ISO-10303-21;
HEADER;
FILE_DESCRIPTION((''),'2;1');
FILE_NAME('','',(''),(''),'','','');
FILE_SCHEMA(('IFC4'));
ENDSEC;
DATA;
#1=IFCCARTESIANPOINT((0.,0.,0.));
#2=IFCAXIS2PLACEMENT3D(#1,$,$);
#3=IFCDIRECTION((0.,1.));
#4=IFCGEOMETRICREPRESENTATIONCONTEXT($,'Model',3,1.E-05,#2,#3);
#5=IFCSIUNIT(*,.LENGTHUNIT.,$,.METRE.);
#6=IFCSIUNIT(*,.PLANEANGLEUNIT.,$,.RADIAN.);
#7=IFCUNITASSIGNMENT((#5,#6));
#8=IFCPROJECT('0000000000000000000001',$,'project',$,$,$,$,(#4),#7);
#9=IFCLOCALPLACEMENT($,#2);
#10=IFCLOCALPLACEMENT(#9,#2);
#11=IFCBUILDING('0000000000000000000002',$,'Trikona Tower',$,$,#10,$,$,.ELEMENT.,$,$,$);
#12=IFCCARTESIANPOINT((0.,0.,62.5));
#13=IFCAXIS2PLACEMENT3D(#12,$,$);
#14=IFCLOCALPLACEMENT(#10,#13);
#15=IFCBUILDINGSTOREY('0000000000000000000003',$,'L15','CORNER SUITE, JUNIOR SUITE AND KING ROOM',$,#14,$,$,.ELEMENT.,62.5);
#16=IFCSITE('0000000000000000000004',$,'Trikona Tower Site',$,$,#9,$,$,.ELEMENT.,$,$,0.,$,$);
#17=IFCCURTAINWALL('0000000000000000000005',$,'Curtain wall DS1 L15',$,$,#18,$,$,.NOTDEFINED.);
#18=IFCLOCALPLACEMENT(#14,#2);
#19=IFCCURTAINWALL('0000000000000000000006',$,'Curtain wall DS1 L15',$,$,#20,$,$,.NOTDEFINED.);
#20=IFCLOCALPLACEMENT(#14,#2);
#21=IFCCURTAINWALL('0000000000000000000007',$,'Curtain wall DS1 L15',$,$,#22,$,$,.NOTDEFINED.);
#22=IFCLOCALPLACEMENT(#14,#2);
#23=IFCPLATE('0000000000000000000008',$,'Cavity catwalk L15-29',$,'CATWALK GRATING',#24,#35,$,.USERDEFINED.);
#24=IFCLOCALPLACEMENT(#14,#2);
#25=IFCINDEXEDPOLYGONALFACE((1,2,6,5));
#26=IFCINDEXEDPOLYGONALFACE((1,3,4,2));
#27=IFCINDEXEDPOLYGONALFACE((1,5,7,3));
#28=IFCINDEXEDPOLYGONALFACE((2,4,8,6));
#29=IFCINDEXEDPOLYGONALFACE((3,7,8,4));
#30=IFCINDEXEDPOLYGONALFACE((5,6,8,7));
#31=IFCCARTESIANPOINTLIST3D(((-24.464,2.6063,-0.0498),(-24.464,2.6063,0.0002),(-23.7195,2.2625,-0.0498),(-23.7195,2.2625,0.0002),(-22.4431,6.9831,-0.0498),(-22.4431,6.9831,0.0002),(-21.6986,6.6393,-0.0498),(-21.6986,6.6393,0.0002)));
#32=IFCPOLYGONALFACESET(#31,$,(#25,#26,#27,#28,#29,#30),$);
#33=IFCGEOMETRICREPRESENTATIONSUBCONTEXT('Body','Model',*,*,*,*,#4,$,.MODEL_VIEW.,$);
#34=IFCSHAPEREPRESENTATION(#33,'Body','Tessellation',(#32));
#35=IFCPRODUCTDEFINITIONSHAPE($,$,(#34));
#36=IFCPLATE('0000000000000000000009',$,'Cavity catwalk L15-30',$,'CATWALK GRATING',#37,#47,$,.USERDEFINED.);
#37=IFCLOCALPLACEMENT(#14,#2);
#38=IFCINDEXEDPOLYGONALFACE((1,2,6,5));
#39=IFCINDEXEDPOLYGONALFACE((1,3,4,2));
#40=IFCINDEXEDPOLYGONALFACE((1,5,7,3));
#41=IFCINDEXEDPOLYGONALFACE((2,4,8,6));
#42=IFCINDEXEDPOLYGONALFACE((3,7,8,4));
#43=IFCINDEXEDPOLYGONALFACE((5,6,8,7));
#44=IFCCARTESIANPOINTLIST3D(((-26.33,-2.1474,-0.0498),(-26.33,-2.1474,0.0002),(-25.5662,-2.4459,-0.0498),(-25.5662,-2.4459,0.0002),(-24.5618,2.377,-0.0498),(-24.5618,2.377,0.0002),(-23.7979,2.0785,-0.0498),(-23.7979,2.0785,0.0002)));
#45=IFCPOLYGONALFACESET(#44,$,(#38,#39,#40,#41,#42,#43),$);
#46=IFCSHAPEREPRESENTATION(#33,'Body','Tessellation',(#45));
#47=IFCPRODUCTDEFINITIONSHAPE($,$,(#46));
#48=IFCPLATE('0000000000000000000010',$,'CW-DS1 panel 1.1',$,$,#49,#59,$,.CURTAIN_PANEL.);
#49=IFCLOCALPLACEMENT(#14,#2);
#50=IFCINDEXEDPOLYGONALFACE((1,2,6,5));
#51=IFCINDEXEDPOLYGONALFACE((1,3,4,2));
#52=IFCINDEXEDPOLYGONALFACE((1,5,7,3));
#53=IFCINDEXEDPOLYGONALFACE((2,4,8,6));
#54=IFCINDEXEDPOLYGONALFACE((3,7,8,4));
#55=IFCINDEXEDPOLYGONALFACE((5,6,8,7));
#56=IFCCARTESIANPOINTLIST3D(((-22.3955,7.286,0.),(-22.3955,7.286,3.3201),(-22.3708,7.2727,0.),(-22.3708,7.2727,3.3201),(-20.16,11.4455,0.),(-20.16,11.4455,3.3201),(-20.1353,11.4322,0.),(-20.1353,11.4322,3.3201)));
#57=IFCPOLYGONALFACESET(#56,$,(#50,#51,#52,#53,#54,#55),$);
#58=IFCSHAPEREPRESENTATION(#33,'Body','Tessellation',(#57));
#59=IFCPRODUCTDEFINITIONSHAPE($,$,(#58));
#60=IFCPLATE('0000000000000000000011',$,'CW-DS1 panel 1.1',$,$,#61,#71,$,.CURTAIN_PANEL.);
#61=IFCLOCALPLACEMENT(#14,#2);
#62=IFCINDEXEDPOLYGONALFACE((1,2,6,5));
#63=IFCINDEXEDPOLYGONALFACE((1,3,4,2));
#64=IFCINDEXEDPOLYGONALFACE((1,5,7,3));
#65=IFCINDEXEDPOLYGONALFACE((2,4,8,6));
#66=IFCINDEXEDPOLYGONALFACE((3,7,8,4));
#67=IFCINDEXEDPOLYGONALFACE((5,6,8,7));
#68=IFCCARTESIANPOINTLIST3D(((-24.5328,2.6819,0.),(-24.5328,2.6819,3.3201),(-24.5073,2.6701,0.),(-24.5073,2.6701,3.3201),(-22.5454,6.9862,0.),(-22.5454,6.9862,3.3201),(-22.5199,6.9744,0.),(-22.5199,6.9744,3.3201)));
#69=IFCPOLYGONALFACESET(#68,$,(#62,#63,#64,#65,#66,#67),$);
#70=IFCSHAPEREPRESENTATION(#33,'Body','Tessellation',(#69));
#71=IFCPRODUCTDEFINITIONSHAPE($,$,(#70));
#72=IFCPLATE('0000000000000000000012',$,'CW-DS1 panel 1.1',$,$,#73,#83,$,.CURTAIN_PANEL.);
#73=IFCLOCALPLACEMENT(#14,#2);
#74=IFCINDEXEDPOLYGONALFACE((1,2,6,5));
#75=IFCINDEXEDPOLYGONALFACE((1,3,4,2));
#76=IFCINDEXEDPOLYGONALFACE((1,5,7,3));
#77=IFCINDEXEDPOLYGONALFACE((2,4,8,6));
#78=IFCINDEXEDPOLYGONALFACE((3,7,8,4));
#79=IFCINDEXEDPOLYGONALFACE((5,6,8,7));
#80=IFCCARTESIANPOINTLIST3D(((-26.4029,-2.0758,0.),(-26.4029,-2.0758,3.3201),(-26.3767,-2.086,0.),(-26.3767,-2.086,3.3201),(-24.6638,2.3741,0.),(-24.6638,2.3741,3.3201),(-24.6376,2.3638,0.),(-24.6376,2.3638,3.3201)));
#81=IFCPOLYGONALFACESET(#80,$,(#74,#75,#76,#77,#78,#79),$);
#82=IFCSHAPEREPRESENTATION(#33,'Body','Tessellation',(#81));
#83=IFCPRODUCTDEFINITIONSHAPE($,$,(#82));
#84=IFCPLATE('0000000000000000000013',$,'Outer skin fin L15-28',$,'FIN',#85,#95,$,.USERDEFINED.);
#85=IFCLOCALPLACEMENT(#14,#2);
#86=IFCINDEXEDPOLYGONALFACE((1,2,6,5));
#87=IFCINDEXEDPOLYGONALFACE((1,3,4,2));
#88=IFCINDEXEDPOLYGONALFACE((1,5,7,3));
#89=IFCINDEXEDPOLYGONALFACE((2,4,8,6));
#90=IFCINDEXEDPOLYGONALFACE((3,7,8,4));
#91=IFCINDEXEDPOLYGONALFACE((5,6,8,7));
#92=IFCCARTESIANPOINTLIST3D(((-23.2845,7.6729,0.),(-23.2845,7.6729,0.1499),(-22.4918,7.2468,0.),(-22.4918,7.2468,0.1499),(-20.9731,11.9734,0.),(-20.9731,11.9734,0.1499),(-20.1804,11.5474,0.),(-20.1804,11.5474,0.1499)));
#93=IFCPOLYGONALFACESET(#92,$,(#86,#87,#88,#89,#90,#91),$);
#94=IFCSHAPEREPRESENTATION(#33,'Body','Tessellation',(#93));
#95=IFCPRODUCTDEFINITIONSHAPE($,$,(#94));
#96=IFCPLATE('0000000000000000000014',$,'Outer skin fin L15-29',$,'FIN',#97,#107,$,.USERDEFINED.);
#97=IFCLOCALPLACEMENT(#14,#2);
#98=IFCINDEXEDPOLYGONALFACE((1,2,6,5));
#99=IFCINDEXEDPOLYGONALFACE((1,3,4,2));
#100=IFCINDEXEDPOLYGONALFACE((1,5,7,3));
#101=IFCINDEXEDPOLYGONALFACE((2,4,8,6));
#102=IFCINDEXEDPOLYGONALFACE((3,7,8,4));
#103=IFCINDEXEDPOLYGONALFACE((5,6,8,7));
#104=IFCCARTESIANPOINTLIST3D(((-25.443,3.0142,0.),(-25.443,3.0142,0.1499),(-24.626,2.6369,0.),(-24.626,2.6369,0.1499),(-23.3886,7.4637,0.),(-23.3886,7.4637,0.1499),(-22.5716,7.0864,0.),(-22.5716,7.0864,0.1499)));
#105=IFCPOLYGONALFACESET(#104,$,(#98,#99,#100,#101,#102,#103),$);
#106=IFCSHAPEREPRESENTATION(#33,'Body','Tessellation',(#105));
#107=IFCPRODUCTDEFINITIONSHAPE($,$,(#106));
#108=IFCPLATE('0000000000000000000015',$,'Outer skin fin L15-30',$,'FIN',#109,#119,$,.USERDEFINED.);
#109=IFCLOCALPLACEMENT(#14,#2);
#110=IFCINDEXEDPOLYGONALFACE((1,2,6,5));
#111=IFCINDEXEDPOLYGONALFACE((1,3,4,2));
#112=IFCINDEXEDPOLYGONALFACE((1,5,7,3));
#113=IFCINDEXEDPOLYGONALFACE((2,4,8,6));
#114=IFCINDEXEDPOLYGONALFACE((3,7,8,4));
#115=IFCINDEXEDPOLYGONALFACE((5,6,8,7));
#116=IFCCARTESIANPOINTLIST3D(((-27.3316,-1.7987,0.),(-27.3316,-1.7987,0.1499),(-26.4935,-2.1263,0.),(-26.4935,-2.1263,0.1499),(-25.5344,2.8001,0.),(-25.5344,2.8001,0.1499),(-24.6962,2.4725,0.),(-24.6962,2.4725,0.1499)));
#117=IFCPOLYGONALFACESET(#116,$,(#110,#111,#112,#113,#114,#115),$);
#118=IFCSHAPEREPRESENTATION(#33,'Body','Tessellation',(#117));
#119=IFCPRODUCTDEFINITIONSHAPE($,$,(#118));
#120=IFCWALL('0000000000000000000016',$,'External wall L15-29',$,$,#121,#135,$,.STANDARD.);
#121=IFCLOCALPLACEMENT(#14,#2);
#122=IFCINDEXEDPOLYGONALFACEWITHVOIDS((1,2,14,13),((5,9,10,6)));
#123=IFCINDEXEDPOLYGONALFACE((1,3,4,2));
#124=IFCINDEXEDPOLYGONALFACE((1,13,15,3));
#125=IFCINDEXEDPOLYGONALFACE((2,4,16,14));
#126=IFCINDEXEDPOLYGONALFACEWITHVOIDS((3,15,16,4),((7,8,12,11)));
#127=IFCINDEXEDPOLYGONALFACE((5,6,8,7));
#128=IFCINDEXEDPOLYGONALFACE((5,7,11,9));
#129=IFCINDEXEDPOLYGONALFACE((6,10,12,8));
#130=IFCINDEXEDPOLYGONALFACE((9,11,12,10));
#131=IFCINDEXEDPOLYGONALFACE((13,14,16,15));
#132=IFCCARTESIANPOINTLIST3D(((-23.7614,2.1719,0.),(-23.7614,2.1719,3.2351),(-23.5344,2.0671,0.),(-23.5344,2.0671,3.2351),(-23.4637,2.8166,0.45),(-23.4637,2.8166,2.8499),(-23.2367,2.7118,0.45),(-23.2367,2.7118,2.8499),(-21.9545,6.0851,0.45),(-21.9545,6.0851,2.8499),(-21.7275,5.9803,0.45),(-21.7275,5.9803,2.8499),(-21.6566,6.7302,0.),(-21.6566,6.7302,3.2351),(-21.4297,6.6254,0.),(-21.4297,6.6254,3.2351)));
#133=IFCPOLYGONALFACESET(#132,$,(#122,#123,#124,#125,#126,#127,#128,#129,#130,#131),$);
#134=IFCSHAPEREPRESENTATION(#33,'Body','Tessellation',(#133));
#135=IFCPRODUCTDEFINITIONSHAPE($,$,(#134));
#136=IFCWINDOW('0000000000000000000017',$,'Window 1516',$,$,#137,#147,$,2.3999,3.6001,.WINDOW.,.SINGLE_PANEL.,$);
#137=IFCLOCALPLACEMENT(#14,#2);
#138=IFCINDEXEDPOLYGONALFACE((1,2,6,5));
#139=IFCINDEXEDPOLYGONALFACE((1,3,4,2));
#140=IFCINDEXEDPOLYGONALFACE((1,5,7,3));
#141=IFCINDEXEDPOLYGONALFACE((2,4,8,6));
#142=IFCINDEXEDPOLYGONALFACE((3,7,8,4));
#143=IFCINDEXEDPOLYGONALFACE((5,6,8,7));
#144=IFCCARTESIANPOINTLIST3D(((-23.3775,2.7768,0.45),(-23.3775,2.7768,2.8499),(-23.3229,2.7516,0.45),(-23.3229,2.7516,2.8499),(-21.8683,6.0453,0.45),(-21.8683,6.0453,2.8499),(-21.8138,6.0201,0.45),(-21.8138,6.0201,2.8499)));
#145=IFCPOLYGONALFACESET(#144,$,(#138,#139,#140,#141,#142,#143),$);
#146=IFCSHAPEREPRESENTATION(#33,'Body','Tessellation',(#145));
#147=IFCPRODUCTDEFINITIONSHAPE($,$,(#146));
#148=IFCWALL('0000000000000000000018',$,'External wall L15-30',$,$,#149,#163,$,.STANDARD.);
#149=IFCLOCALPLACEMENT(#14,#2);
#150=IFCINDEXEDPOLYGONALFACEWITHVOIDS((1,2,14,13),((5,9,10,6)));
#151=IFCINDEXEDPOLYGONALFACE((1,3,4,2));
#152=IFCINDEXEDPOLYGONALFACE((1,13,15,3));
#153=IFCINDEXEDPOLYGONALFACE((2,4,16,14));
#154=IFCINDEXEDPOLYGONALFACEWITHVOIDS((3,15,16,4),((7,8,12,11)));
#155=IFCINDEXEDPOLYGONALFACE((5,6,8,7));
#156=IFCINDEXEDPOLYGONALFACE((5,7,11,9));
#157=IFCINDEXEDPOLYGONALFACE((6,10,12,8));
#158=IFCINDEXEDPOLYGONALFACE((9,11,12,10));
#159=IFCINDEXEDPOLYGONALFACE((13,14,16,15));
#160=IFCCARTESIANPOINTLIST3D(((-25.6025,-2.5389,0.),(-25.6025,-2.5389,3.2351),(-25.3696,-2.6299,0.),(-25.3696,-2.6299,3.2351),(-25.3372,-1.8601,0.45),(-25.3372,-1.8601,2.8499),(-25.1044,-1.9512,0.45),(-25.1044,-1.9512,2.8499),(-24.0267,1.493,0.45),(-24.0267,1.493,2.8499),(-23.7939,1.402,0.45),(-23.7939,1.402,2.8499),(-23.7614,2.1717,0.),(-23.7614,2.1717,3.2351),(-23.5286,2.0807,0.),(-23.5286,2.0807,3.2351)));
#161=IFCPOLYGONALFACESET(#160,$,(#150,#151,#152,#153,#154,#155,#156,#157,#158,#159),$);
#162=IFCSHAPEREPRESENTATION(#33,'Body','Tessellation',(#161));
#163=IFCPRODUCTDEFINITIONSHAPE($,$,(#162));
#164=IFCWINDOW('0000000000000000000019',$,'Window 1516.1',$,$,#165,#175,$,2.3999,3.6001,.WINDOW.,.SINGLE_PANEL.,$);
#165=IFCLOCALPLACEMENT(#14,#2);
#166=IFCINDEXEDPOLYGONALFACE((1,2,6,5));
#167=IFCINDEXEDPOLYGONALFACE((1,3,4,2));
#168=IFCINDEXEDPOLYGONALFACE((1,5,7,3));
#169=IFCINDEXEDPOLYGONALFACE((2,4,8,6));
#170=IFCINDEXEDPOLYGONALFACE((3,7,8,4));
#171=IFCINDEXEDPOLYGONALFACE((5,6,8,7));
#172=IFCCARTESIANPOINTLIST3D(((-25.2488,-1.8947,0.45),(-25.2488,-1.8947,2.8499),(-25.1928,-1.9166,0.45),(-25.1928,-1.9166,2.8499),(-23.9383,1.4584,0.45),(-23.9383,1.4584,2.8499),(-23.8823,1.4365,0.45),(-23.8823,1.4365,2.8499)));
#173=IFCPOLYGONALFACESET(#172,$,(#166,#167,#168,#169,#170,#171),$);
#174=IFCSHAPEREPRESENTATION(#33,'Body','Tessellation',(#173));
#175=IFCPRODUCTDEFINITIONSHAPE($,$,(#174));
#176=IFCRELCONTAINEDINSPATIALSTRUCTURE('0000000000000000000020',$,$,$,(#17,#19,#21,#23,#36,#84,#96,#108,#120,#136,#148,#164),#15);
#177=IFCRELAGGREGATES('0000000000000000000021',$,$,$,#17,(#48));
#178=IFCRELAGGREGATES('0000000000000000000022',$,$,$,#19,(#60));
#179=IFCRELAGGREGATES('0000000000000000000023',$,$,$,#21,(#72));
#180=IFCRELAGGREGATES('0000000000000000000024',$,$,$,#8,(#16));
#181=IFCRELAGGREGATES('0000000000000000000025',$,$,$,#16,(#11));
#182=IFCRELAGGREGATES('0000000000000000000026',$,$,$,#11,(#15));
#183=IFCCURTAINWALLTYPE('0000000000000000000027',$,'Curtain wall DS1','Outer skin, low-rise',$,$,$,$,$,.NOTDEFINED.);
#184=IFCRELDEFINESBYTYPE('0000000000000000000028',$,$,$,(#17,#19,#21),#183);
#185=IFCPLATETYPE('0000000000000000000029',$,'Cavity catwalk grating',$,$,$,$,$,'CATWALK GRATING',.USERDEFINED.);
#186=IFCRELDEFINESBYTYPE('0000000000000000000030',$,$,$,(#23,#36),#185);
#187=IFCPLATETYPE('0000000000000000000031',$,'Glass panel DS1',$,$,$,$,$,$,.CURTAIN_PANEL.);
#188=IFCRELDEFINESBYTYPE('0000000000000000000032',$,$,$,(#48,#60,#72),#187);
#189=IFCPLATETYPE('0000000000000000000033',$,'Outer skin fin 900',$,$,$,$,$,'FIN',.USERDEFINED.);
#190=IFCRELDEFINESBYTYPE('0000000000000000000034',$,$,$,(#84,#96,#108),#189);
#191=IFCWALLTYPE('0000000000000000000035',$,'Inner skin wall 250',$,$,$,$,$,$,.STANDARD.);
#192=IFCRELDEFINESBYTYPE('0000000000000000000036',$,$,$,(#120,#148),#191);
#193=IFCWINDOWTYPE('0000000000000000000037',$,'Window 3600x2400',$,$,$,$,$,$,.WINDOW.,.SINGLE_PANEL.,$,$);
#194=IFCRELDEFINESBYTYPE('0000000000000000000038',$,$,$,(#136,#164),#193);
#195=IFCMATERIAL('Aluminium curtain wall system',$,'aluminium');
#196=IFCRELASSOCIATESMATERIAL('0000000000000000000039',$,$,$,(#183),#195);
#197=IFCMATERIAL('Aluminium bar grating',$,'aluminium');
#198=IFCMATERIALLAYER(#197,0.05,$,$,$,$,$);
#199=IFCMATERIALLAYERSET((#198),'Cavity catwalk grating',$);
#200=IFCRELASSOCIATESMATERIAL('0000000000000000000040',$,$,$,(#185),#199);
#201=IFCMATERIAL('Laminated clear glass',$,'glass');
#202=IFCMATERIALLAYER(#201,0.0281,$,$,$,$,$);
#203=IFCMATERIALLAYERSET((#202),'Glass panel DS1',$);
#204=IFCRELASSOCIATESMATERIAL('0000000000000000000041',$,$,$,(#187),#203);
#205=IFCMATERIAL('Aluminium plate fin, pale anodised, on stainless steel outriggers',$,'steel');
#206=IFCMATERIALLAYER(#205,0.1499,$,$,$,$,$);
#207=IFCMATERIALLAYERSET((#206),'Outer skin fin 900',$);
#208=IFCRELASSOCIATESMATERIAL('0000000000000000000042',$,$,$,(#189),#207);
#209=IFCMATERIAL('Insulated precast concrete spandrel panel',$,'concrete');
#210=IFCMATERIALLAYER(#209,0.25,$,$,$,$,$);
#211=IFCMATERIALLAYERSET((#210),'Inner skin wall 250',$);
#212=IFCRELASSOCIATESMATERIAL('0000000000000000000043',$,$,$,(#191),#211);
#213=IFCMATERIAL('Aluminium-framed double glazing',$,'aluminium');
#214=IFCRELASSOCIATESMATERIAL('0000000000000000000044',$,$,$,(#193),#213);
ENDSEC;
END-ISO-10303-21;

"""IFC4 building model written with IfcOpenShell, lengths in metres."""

from ifc_helpers import new_model, si_unit, direction, frame, frame_2d, origin, origin_2d, place, context, subcontext, project, spatial, rectangle, extrude, material, layer, layer_set, type_object, element, fill, aggregate, save


model = new_model("IFC4")

# Units and contexts
model_context = context("Model", 3, precision=1e-05, world=origin(), true_north=direction((0.0, 1.0)))
body_context = subcontext(model_context, "Body", "Model", "MODEL_VIEW")
ifc_project = project(units=[si_unit("LENGTHUNIT", "METRE"), si_unit("PLANEANGLEUNIT", "RADIAN")], contexts=[model_context])

# Site, building, storey
site_placement = place(None, origin())
site = spatial("IfcSite", under=ifc_project, at=site_placement, Name="Trikona Tower Site", CompositionType="ELEMENT", RefElevation=0.0)
building_placement = place(site_placement, origin())
building = spatial("IfcBuilding", under=site, at=building_placement, Name="Trikona Tower", CompositionType="ELEMENT")
storey_placement = place(building_placement, frame((0.0, 0.0, 62.5)))
storey = spatial("IfcBuildingStorey", under=building, at=storey_placement, Name="L15", Description="CORNER SUITE, JUNIOR SUITE AND KING ROOM", CompositionType="ELEMENT", Elevation=62.5)

# Curtain walls
ifc_material_1 = material(Name="Aluminium curtain wall system", Category="aluminium")
curtain_wall_type = type_object("IfcCurtainWallType", Name="Curtain wall DS1", Description="Outer skin, low-rise", PredefinedType="NOTDEFINED", material=ifc_material_1)
curtain_wall_1_placement = place(storey_placement, origin())
curtain_wall_1 = element("IfcCurtainWall", 1, at=curtain_wall_1_placement, inside=storey, type_object=curtain_wall_type, Name="Curtain wall DS1 L15", PredefinedType="NOTDEFINED")
curtain_wall_2_placement = place(storey_placement, origin())
curtain_wall_2 = element("IfcCurtainWall", 2, at=curtain_wall_2_placement, inside=storey, type_object=curtain_wall_type, Name="Curtain wall DS1 L15", PredefinedType="NOTDEFINED")
curtain_wall_3_placement = place(storey_placement, origin())
curtain_wall_3 = element("IfcCurtainWall", 3, at=curtain_wall_3_placement, inside=storey, type_object=curtain_wall_type, Name="Curtain wall DS1 L15", PredefinedType="NOTDEFINED")

# Plates
ifc_material_2 = material(Name="Aluminium bar grating", Category="aluminium")
ifc_layer_1 = layer(ifc_material_2, 0.05)
ifc_layer_set_1 = layer_set([ifc_layer_1], Name="Cavity catwalk grating")
plate_type_1 = type_object("IfcPlateType", Name="Cavity catwalk grating", ElementType="CATWALK GRATING", PredefinedType="USERDEFINED", material=ifc_layer_set_1)
plate_1_placement = place(storey_placement, frame((-23.0813, 4.6228, -0.0498), z_axis=(0.0, 0.0, 1.0), x_axis=(-0.419194, -0.907897, 0.0)))
element("IfcPlate", 4, at=plate_1_placement, inside=storey, type_object=plate_type_1, Name="Cavity catwalk L15-29", ObjectType="CATWALK GRATING", PredefinedType="USERDEFINED", context=body_context, shape_type="SweptSolid", body=[
    extrude(rectangle(XDim=4.8208, YDim=0.8201, at=origin_2d()), origin(), (0.0, 0.0, 1.0), 0.05),
])
plate_2_placement = place(storey_placement, frame((-25.064, -0.0344, -0.0498), z_axis=(0.0, 0.0, 1.0), x_axis=(-0.364009, -0.931395, 0.0)))
element("IfcPlate", 5, at=plate_2_placement, inside=storey, type_object=plate_type_1, Name="Cavity catwalk L15-30", ObjectType="CATWALK GRATING", PredefinedType="USERDEFINED", context=body_context, shape_type="SweptSolid", body=[
    extrude(rectangle(XDim=4.8577, YDim=0.8201, at=origin_2d()), origin(), (0.0, 0.0, 1.0), 0.05),
])

# Plates
ifc_material_3 = material(Name="Laminated clear glass", Category="glass")
ifc_layer_2 = layer(ifc_material_3, 0.0281)
ifc_layer_set_2 = layer_set([ifc_layer_2], Name="Glass panel DS1")
plate_type_2 = type_object("IfcPlateType", Name="Glass panel DS1", PredefinedType="CURTAIN_PANEL", material=ifc_layer_set_2)
plate_3_placement = place(storey_placement, frame((-21.2654, 9.3591, 0.0), z_axis=(0.0, 0.0, 1.0), x_axis=(-0.473408, -0.880843, 0.0)))
plate_3 = element("IfcPlate", 6, at=plate_3_placement, type_object=plate_type_2, Name="CW-DS1 panel 1.1", PredefinedType="CURTAIN_PANEL", context=body_context, shape_type="SweptSolid", body=[
    extrude(rectangle(XDim=4.7222, YDim=0.0281, at=origin_2d()), origin(), (0.0, 0.0, 1.0), 3.3201),
])
aggregate(curtain_wall_1, [plate_3])
plate_4_placement = place(storey_placement, frame((-23.5264, 4.8281, 0.0), z_axis=(0.0, 0.0, 1.0), x_axis=(-0.41919, -0.907898, 0.0)))
plate_4 = element("IfcPlate", 7, at=plate_4_placement, type_object=plate_type_2, Name="CW-DS1 panel 1.1", PredefinedType="CURTAIN_PANEL", context=body_context, shape_type="SweptSolid", body=[
    extrude(rectangle(XDim=4.741, YDim=0.0281, at=origin_2d()), origin(), (0.0, 0.0, 1.0), 3.3201),
])
aggregate(curtain_wall_2, [plate_4])
plate_5_placement = place(storey_placement, frame((-25.5203, 0.144, 0.0), z_axis=(0.0, 0.0, 1.0), x_axis=(-0.364008, -0.931396, 0.0)))
plate_5 = element("IfcPlate", 8, at=plate_5_placement, type_object=plate_type_2, Name="CW-DS1 panel 1.1", PredefinedType="CURTAIN_PANEL", context=body_context, shape_type="SweptSolid", body=[
    extrude(rectangle(XDim=4.7776, YDim=0.0281, at=origin_2d()), origin(), (0.0, 0.0, 1.0), 3.3201),
])
aggregate(curtain_wall_3, [plate_5])

# Plates
ifc_material_4 = material(Name="Aluminium plate fin, pale anodised, on stainless steel outriggers", Category="steel")
ifc_layer_3 = layer(ifc_material_4, 0.1499)
ifc_layer_set_3 = layer_set([ifc_layer_3], Name="Outer skin fin 900")
plate_type_3 = type_object("IfcPlateType", Name="Outer skin fin 900", ElementType="FIN", PredefinedType="USERDEFINED", material=ifc_layer_set_3)
plate_6_placement = place(storey_placement, frame((-21.7324, 9.6101, 0.0), z_axis=(0.0, 0.0, 1.0), x_axis=(-0.473423, -0.880835, 0.0)))
element("IfcPlate", 9, at=plate_6_placement, inside=storey, type_object=plate_type_3, Name="Outer skin fin L15-28", ObjectType="FIN", PredefinedType="USERDEFINED", context=body_context, shape_type="SweptSolid", body=[
    extrude(rectangle(XDim=4.8823, YDim=0.8999, at=origin_2d()), origin(), (0.0, 0.0, 1.0), 0.1499),
])
plate_7_placement = place(storey_placement, frame((-24.0073, 5.0503, 0.0), z_axis=(0.0, 0.0, 1.0), x_axis=(-0.419194, -0.907897, 0.0)))
element("IfcPlate", 10, at=plate_7_placement, inside=storey, type_object=plate_type_3, Name="Outer skin fin L15-29", ObjectType="FIN", PredefinedType="USERDEFINED", context=body_context, shape_type="SweptSolid", body=[
    extrude(rectangle(XDim=4.9009, YDim=0.8999, at=origin_2d()), origin(), (0.0, 0.0, 1.0), 0.1499),
])
plate_8_placement = place(storey_placement, frame((-26.0139, 0.3369, 0.0), z_axis=(0.0, 0.0, 1.0), x_axis=(-0.364009, -0.931395, 0.0)))
element("IfcPlate", 11, at=plate_8_placement, inside=storey, type_object=plate_type_3, Name="Outer skin fin L15-30", ObjectType="FIN", PredefinedType="USERDEFINED", context=body_context, shape_type="SweptSolid", body=[
    extrude(rectangle(XDim=4.9375, YDim=0.8999, at=origin_2d()), origin(), (0.0, 0.0, 1.0), 0.1499),
])

# Walls, openings, windows
ifc_material_5 = material(Name="Insulated precast concrete spandrel panel", Category="concrete")
ifc_layer_4 = layer(ifc_material_5, 0.25)
ifc_layer_set_4 = layer_set([ifc_layer_4], Name="Inner skin wall 250")
wall_type = type_object("IfcWallType", Name="Inner skin wall 250", PredefinedType="STANDARD", material=ifc_layer_set_4)
wall_1_placement = place(storey_placement, frame((-21.5432, 6.6777, 0.0), z_axis=(0.0, 0.0, 1.0), x_axis=(-0.419203, -0.907892, 0.0)))
wall_1 = element("IfcWall", 12, at=wall_1_placement, inside=storey, type_object=wall_type, Name="External wall L15-29", PredefinedType="STANDARD", context=body_context, shape_type="SweptSolid", body=[
    extrude(rectangle(XDim=5.0208, YDim=0.25, at=frame_2d((2.5103, 0.0))), origin(), (0.0, 0.0, 1.0), 3.2351),
])
opening_1_placement = place(wall_1_placement, frame((0.7104, 0.0, 0.45)))
opening_1 = element("IfcOpeningElement", 13, at=opening_1_placement, cuts=wall_1, PredefinedType="OPENING", context=body_context, shape_type="SweptSolid", body=[
    extrude(rectangle(XDim=3.6001, YDim=2.3999, at=frame_2d((1.8, 1.2))), frame((0.0, 0.135, 0.0), z_axis=(0.0, -1.0, 0.0), x_axis=(1.0, 0.0, 0.0)), (0.0, 0.0, 1.0), 0.27),
])
ifc_material_6 = material(Name="Aluminium-framed double glazing", Category="aluminium")
window_type = type_object("IfcWindowType", Name="Window 3600x2400", PartitioningType="SINGLE_PANEL", PredefinedType="WINDOW", material=ifc_material_6)
window_1_placement = place(opening_1_placement, origin())
window_1 = element("IfcWindow", 14, at=window_1_placement, inside=storey, type_object=window_type, Name="Window 1516", OverallHeight=2.3999, OverallWidth=3.6001, PartitioningType="SINGLE_PANEL", PredefinedType="WINDOW", context=body_context, shape_type="SweptSolid", body=[
    extrude(rectangle(XDim=3.6001, YDim=2.3999, at=frame_2d((1.8, 1.2))), frame((0.0, 0.03, 0.0), z_axis=(0.0, -1.0, 0.0), x_axis=(1.0, 0.0, 0.0)), (0.0, 0.0, 1.0), 0.0601),
])
fill(opening_1, window_1)
wall_2_placement = place(storey_placement, frame((-23.645, 2.1262, 0.0), z_axis=(0.0, 0.0, 1.0), x_axis=(-0.364013, -0.931394, 0.0)))
wall_2 = element("IfcWall", 15, at=wall_2_placement, inside=storey, type_object=wall_type, Name="External wall L15-30", PredefinedType="STANDARD", context=body_context, shape_type="SweptSolid", body=[
    extrude(rectangle(XDim=5.0576, YDim=0.25, at=frame_2d((2.5288, 0.0))), origin(), (0.0, 0.0, 1.0), 3.2351),
])
opening_2_placement = place(wall_2_placement, frame((0.7288, 0.0, 0.45)))
opening_2 = element("IfcOpeningElement", 16, at=opening_2_placement, cuts=wall_2, PredefinedType="OPENING", context=body_context, shape_type="SweptSolid", body=[
    extrude(rectangle(XDim=3.6001, YDim=2.3999, at=frame_2d((1.8, 1.2))), frame((0.0, 0.135, 0.0), z_axis=(0.0, -1.0, 0.0), x_axis=(1.0, 0.0, 0.0)), (0.0, 0.0, 1.0), 0.27),
])
window_2_placement = place(opening_2_placement, origin())
window_2 = element("IfcWindow", 17, at=window_2_placement, inside=storey, type_object=window_type, Name="Window 1516.1", OverallHeight=2.3999, OverallWidth=3.6001, PartitioningType="SINGLE_PANEL", PredefinedType="WINDOW", context=body_context, shape_type="SweptSolid", body=[
    extrude(rectangle(XDim=3.6001, YDim=2.3999, at=frame_2d((1.8, 1.2))), frame((0.0, 0.03, 0.0), z_axis=(0.0, -1.0, 0.0), x_axis=(1.0, 0.0, 0.0)), (0.0, 0.0, 1.0), 0.0601),
])
fill(opening_2, window_2)

save(model, "model.ifc")
